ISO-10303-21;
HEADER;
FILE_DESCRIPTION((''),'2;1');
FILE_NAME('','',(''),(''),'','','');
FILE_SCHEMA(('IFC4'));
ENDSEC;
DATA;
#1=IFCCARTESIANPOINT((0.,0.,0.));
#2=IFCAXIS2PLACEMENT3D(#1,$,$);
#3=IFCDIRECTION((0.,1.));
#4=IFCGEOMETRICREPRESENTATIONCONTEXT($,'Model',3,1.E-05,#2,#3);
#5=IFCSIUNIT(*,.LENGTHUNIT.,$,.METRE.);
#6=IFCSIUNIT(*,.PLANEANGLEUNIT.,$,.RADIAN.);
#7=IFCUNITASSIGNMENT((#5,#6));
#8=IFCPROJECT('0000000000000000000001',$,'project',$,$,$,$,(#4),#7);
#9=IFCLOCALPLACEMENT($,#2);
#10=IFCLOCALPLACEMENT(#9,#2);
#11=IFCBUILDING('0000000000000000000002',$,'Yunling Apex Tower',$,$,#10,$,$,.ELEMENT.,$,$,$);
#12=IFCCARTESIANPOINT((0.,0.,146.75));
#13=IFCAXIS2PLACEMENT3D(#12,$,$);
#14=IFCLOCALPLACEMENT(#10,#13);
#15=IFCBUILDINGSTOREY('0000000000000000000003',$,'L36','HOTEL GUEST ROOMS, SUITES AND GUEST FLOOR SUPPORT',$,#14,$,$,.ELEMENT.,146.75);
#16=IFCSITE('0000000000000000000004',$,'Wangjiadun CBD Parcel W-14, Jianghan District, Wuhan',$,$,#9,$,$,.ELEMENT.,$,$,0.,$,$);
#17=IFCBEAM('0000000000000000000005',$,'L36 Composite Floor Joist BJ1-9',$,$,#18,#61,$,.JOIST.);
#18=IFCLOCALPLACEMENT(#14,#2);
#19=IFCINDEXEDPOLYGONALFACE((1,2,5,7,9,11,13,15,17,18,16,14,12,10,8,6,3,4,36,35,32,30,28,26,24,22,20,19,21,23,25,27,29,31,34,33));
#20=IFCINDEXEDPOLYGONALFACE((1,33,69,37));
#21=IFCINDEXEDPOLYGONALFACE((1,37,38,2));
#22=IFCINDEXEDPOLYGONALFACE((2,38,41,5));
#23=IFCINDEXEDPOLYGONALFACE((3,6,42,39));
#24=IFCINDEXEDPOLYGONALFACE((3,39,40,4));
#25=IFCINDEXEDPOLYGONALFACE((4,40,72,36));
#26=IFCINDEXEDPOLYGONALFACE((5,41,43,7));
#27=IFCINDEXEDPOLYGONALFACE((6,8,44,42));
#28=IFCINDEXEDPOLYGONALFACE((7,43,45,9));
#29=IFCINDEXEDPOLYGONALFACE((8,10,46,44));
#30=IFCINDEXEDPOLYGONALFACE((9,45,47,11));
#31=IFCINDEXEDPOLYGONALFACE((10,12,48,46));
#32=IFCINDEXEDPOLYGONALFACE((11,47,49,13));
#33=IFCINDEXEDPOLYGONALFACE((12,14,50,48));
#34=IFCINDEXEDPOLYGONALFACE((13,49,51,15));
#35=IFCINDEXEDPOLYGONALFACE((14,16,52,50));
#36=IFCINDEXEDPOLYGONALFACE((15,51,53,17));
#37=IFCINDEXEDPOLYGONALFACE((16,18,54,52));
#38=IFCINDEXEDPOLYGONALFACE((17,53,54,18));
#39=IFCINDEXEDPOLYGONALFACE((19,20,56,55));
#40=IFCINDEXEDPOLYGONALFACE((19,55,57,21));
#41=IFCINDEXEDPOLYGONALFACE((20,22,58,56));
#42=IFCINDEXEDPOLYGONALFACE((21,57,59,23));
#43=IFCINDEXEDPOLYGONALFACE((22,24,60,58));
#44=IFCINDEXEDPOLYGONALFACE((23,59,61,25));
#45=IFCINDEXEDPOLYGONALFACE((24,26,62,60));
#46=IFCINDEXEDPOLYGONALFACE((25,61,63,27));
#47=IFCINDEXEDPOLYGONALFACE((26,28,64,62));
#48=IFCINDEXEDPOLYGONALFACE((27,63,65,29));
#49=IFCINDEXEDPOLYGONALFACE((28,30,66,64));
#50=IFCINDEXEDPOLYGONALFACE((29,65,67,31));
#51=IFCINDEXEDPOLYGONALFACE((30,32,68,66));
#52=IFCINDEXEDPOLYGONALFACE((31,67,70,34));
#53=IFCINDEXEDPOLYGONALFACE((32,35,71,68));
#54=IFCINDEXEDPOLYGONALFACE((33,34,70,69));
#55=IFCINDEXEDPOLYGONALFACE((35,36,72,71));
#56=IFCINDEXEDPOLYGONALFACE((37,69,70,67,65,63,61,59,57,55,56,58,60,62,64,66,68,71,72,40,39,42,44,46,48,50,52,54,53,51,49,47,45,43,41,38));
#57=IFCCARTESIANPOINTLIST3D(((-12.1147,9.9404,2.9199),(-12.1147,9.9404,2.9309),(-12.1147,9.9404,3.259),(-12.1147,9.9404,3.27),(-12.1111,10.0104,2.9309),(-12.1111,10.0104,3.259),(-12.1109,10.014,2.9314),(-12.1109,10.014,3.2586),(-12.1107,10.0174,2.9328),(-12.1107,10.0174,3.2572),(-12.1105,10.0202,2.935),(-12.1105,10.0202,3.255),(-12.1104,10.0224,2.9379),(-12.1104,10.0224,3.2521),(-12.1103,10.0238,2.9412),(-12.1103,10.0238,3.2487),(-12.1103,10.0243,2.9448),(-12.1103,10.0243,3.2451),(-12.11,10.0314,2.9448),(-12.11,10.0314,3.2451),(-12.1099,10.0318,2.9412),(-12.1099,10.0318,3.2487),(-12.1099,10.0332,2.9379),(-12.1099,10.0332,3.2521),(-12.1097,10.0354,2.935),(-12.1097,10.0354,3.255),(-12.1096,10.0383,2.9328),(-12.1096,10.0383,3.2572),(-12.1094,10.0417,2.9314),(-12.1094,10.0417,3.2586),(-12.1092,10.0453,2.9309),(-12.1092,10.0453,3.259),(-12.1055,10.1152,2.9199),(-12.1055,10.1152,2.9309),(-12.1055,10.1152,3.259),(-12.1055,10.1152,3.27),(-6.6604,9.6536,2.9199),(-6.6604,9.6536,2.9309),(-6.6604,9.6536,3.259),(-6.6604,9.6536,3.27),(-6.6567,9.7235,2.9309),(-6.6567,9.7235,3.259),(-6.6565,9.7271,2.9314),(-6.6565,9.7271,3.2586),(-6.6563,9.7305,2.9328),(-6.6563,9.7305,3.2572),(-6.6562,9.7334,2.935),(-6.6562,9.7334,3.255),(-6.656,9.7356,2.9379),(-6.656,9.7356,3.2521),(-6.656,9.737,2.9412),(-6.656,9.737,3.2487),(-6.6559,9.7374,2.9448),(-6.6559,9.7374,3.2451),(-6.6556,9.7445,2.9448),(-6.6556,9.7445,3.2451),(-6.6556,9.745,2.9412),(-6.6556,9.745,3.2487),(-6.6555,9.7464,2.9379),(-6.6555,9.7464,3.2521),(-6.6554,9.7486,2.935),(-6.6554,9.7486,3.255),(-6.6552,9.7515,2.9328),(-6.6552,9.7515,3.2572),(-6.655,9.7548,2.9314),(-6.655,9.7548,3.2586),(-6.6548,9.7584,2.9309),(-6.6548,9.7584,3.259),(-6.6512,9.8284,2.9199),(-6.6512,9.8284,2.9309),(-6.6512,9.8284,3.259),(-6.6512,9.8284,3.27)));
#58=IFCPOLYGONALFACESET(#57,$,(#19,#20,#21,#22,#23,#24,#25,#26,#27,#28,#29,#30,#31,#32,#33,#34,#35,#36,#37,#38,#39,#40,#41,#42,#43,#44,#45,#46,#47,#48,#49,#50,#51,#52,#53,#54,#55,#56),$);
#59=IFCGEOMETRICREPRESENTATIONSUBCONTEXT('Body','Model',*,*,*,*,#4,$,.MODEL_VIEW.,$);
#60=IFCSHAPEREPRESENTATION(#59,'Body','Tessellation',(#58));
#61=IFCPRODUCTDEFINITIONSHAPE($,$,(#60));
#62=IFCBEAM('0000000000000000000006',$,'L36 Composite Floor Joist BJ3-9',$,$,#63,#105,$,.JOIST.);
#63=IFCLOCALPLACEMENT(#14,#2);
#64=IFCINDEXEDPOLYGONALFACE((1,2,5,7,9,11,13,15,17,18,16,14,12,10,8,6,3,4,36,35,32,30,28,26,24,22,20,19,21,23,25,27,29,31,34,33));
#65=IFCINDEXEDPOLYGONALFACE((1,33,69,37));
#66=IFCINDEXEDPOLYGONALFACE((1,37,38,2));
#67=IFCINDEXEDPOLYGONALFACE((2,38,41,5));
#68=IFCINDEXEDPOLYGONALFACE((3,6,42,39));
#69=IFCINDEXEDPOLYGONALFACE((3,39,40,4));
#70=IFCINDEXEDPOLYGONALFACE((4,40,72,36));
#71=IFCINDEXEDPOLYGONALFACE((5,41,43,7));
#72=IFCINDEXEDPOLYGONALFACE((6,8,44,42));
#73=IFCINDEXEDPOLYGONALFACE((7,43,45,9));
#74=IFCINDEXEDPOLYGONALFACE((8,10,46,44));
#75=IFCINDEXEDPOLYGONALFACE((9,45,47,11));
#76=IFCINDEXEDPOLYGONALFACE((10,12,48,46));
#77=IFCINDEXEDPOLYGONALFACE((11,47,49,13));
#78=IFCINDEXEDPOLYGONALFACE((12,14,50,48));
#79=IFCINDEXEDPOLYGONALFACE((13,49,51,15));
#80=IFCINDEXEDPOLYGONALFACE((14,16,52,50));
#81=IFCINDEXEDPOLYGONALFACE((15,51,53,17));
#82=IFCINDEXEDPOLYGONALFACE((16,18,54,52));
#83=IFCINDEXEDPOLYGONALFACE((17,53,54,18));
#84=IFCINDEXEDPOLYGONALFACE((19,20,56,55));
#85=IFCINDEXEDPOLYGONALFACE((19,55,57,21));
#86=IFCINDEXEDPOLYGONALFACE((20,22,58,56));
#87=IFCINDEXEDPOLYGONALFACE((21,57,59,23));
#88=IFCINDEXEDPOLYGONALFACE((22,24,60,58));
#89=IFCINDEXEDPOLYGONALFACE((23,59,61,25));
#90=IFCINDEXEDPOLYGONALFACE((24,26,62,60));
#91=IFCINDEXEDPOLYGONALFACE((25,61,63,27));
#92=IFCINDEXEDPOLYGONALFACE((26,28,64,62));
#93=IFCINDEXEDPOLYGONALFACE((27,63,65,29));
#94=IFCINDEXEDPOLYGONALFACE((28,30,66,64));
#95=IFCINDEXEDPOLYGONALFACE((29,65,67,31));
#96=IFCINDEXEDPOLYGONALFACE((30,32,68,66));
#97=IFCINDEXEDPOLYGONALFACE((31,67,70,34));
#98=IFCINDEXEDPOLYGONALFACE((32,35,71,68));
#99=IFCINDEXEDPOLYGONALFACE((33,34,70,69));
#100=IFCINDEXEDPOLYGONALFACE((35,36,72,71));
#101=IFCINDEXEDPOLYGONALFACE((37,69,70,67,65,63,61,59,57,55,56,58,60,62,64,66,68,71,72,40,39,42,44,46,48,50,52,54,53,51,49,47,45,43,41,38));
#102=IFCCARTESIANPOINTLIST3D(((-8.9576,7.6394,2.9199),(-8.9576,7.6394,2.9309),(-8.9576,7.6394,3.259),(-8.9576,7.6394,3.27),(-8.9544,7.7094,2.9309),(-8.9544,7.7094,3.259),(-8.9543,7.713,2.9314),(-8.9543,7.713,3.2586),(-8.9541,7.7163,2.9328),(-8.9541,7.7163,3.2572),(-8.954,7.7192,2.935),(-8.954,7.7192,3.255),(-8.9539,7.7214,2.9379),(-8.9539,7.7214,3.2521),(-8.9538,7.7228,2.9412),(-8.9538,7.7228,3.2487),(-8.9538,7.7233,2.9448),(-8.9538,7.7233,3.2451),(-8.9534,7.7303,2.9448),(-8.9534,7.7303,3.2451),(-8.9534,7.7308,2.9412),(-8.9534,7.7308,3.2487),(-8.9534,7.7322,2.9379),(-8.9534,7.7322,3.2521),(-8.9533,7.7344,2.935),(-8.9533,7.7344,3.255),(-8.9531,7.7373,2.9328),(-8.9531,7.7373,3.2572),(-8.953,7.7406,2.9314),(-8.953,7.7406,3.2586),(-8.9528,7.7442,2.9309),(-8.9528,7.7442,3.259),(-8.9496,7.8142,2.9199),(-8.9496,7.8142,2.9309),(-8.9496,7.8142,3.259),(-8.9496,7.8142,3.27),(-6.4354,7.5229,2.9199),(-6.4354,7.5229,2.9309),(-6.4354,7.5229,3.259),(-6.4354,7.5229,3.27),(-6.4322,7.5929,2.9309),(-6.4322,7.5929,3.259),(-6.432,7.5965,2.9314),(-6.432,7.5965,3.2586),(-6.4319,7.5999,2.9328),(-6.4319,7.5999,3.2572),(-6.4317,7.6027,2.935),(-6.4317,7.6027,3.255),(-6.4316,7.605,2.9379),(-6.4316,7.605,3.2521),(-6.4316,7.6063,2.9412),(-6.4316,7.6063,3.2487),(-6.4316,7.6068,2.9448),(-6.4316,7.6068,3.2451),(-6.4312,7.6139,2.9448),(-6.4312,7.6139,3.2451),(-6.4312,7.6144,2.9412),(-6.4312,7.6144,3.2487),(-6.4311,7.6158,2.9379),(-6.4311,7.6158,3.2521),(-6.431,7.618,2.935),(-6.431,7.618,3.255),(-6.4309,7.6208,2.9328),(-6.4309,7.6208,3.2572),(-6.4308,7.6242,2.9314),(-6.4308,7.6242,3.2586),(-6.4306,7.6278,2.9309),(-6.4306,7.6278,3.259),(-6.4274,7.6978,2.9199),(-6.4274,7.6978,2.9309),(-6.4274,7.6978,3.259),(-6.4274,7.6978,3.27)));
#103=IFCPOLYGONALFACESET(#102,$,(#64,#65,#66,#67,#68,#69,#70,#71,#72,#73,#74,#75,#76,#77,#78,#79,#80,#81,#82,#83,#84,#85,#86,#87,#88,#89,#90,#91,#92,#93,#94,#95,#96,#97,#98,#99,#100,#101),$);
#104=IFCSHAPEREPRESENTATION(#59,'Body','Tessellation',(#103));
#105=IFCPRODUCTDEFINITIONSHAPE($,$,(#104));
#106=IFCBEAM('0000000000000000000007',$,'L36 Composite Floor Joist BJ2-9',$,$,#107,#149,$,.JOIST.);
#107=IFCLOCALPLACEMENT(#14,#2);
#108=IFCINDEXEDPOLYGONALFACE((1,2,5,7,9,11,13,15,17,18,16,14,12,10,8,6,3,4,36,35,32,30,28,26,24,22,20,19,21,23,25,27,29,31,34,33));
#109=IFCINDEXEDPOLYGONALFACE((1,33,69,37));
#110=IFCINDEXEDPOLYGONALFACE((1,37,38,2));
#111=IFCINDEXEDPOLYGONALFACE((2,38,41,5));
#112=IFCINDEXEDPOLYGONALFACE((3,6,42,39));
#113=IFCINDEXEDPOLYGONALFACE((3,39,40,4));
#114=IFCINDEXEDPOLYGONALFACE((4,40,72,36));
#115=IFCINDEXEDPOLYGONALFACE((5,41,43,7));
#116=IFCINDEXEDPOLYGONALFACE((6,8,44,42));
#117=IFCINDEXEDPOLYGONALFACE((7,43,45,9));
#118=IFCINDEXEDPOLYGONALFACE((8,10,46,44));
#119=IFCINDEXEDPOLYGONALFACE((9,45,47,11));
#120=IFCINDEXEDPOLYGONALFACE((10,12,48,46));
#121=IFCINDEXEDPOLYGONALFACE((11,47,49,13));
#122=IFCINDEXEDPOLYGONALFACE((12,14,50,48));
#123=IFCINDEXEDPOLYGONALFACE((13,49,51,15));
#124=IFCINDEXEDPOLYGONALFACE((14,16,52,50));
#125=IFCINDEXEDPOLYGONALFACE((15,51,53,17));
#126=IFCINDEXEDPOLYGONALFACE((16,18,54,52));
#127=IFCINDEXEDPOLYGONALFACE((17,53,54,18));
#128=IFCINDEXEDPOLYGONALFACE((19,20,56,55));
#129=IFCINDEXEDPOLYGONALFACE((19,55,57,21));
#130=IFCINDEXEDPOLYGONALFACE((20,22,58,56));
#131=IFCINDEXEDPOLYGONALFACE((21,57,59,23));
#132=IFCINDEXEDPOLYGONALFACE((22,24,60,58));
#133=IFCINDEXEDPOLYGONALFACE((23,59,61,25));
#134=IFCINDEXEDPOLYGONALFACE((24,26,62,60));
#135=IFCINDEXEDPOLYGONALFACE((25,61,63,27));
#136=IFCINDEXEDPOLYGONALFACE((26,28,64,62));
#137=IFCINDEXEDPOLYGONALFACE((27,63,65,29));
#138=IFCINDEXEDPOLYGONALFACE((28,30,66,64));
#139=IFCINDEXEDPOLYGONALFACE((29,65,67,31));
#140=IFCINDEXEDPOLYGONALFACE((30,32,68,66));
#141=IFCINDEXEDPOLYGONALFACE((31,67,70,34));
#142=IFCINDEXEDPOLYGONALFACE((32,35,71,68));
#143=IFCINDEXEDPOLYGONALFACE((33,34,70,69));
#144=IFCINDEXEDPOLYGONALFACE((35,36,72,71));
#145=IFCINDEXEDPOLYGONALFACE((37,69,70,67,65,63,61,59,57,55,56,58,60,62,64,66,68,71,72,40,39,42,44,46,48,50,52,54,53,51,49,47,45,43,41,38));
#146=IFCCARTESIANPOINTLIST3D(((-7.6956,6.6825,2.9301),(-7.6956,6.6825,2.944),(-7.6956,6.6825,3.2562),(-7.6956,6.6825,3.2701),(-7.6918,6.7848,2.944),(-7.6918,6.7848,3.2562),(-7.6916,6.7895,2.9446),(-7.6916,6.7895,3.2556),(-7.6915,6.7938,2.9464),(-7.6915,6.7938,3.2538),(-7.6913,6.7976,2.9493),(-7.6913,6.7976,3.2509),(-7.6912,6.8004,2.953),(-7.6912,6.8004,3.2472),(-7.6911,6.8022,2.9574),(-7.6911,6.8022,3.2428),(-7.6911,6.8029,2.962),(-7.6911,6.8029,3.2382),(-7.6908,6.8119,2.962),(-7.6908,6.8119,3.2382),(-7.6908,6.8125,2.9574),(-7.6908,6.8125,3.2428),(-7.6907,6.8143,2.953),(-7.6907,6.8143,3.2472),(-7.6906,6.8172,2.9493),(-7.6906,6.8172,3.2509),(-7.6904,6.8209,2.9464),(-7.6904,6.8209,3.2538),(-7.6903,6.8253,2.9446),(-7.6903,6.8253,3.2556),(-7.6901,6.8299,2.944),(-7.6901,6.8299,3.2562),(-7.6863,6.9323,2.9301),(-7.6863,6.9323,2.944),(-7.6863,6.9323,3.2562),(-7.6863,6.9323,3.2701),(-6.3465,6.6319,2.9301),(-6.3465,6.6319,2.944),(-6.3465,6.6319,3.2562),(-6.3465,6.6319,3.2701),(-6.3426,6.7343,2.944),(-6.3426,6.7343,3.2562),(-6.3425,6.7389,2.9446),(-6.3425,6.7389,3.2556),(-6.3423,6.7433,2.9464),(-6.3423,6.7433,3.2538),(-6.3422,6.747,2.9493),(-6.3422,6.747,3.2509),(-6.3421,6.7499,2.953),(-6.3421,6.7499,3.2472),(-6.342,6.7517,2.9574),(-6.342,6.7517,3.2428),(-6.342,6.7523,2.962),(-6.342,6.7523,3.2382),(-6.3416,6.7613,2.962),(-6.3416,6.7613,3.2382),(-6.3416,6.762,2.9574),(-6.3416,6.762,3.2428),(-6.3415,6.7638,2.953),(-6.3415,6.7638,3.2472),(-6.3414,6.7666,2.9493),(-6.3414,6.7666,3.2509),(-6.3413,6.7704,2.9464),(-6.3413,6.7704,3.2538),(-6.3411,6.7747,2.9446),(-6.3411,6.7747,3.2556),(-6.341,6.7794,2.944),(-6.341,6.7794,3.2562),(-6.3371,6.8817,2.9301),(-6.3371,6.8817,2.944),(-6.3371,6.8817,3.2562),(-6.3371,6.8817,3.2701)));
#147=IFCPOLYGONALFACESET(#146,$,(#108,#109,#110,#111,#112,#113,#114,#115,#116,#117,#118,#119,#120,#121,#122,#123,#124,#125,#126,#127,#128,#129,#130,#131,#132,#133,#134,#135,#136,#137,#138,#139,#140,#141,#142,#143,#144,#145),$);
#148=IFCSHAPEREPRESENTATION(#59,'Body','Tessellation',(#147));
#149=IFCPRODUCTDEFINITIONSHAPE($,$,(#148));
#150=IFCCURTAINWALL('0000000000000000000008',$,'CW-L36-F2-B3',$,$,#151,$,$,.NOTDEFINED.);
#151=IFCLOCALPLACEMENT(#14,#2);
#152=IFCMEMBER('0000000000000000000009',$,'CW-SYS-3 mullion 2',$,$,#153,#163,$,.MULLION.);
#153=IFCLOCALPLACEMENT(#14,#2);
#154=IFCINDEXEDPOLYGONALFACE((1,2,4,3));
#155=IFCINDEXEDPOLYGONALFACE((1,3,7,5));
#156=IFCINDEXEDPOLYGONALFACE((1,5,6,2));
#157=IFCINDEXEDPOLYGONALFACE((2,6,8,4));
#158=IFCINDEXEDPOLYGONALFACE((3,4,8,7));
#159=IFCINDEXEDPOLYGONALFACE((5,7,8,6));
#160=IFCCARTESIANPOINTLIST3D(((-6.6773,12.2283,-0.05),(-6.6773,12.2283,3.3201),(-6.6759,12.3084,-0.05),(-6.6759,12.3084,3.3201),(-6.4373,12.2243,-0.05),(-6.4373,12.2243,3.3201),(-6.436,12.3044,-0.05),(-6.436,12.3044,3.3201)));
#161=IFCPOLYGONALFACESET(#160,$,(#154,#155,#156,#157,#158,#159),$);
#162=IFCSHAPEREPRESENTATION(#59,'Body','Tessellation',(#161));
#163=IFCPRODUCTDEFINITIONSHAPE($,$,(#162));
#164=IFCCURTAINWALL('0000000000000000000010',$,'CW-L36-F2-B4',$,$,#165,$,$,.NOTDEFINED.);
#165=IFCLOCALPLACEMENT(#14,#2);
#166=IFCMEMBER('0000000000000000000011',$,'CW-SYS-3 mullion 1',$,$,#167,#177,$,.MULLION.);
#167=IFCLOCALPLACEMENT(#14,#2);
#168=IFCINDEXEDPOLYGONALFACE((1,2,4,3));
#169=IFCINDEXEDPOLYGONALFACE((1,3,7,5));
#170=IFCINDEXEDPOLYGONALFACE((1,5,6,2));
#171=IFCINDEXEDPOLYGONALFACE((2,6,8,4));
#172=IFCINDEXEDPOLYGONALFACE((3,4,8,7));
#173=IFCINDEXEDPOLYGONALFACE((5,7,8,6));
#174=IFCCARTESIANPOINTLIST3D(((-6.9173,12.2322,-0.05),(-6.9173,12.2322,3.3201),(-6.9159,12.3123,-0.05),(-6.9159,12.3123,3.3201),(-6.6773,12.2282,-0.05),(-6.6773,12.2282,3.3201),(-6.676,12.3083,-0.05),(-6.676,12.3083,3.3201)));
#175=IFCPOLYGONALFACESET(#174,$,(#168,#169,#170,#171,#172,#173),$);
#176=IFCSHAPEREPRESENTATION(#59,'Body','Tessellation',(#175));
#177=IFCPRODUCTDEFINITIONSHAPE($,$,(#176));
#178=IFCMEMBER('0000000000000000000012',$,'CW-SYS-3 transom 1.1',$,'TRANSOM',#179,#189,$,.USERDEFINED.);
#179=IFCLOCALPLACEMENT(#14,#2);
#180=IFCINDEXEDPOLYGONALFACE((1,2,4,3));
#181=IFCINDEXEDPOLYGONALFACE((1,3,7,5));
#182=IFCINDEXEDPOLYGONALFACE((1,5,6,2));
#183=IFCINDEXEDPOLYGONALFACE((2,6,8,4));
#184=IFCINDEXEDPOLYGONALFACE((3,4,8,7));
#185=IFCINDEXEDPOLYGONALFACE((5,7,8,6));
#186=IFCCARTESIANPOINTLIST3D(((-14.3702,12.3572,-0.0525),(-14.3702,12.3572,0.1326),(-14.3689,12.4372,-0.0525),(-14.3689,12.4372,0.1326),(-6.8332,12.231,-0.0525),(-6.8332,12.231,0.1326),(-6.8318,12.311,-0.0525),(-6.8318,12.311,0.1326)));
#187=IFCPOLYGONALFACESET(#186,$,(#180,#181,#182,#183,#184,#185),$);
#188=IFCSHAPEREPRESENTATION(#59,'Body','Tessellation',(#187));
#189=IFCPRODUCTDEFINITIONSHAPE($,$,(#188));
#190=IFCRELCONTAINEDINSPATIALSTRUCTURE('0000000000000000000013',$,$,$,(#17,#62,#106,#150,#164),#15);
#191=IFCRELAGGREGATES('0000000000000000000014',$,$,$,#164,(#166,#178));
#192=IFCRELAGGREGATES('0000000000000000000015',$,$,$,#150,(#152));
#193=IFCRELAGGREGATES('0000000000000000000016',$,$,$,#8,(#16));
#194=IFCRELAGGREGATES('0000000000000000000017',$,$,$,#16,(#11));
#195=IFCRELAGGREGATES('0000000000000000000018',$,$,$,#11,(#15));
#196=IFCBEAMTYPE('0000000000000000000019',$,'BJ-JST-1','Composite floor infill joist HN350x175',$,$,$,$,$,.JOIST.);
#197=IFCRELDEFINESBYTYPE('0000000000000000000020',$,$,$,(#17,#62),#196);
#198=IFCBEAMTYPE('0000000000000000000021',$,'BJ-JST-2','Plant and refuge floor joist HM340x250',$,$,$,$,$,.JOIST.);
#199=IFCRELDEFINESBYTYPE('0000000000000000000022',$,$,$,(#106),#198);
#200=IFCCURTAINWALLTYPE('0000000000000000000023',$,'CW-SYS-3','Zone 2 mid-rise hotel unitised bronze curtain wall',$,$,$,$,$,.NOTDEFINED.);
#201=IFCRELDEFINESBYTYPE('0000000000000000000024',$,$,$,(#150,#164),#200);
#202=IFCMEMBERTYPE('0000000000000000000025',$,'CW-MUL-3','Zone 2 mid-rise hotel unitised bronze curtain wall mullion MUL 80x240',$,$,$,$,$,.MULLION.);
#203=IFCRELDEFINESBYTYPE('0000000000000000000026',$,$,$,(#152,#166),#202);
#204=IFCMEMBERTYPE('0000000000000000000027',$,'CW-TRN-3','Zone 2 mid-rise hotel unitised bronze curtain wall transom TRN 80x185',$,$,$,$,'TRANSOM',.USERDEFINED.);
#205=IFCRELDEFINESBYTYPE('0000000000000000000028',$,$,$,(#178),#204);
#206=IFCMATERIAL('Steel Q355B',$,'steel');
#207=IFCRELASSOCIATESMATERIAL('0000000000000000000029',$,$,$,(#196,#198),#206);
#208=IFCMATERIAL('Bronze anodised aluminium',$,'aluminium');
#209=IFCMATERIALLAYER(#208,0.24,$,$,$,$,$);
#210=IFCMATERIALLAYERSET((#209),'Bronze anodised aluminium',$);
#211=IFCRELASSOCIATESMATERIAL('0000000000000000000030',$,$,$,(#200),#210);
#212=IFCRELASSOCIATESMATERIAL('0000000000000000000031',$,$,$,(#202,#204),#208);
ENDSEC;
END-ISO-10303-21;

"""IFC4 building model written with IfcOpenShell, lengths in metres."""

from ifc_helpers import new_model, si_unit, direction, frame, origin, origin_2d, place, context, subcontext, project, spatial, rectangle, i_section, extrude, source, transform, mapped, material, layer, layer_set, material_profile, profile_set, type_object, element, aggregate, save


model = new_model("IFC4")

# Units and contexts
model_context = context("Model", 3, precision=1e-05, world=origin(), true_north=direction((0.0, 1.0)))
body_context = subcontext(model_context, "Body", "Model", "MODEL_VIEW")
ifc_project = project(units=[si_unit("LENGTHUNIT", "METRE"), si_unit("PLANEANGLEUNIT", "RADIAN")], contexts=[model_context])

# Site, building, storey
site_placement = place(None, origin())
site = spatial("IfcSite", under=ifc_project, at=site_placement, Name="Wangjiadun CBD Parcel W-14, Jianghan District, Wuhan", CompositionType="ELEMENT", RefElevation=0.0)
building_placement = place(site_placement, origin())
building = spatial("IfcBuilding", under=site, at=building_placement, Name="Yunling Apex Tower", CompositionType="ELEMENT")
storey_placement = place(building_placement, frame((0.0, 0.0, 146.75)))
storey = spatial("IfcBuildingStorey", under=building, at=storey_placement, Name="L36", Description="HOTEL GUEST ROOMS, SUITES AND GUEST FLOOR SUPPORT", CompositionType="ELEMENT", Elevation=146.75)

# Beams
ifc_material_1 = material(Name="Steel Q355B", Category="steel")
ifc_material_profile_1 = material_profile(ifc_material_1, i_section(OverallWidth=0.175, OverallDepth=0.3501, WebThickness=0.0071, FlangeThickness=0.011, FilletRadius=0.0139, at=origin_2d()))
ifc_profile_set_1 = profile_set([ifc_material_profile_1], Name="Steel Q355B")
beam_type_1 = type_object("IfcBeamType", Name="BJ-JST-1", Description="Composite floor infill joist HN350x175", PredefinedType="JOIST", material=ifc_profile_set_1)
shared_shape_1 = source(origin(), body_context, "Body", "SweptSolid", [
    extrude(i_section(OverallWidth=0.175, OverallDepth=0.3501, WebThickness=0.0071, FlangeThickness=0.011, FilletRadius=0.0139, at=origin_2d()), origin(), (0.0, 0.0, 1.0), 5.4619),
])
beam_1_placement = place(storey_placement, frame((-6.6558, 9.741, 3.095), z_axis=(-0.99862, 0.052521, 0.0), x_axis=(-0.052521, -0.99862, 0.0)))
element("IfcBeam", 1, at=beam_1_placement, inside=storey, type_object=beam_type_1, Name="L36 Composite Floor Joist BJ1-9", PredefinedType="JOIST", context=body_context, shape_type="MappedRepresentation", body=[
    mapped(shared_shape_1, transform((0.0, 0.0, 0.0), scale=1.0)),
])
shared_shape_2 = source(origin(), body_context, "Body", "SweptSolid", [
    extrude(i_section(OverallWidth=0.175, OverallDepth=0.3501, WebThickness=0.0071, FlangeThickness=0.011, FilletRadius=0.0139, at=origin_2d()), origin(), (0.0, 0.0, 1.0), 2.5249),
])
beam_2_placement = place(storey_placement, frame((-6.4314, 7.6104, 3.095), z_axis=(-0.998936, 0.046123, 0.0), x_axis=(-0.046123, -0.998936, 0.0)))
element("IfcBeam", 2, at=beam_2_placement, inside=storey, type_object=beam_type_1, Name="L36 Composite Floor Joist BJ3-9", PredefinedType="JOIST", context=body_context, shape_type="MappedRepresentation", body=[
    mapped(shared_shape_2, transform((0.0, 0.0, 0.0), scale=1.0)),
])
ifc_material_profile_2 = material_profile(ifc_material_1, i_section(OverallWidth=0.25, OverallDepth=0.3401, WebThickness=0.009, FlangeThickness=0.0139, FilletRadius=0.0181, at=origin_2d()))
ifc_profile_set_2 = profile_set([ifc_material_profile_2], Name="Steel Q355B")
beam_type_2 = type_object("IfcBeamType", Name="BJ-JST-2", Description="Plant and refuge floor joist HM340x250", PredefinedType="JOIST", material=ifc_profile_set_2)
shared_shape_3 = source(origin(), body_context, "Body", "SweptSolid", [
    extrude(i_section(OverallWidth=0.25, OverallDepth=0.3401, WebThickness=0.009, FlangeThickness=0.0139, FilletRadius=0.0181, at=origin_2d()), origin(), (0.0, 0.0, 1.0), 1.3501),
])
beam_3_placement = place(storey_placement, frame((-6.3418, 6.7568, 3.1001), z_axis=(-0.999299, 0.037433, 0.0), x_axis=(-0.037433, -0.999299, 0.0)))
element("IfcBeam", 3, at=beam_3_placement, inside=storey, type_object=beam_type_2, Name="L36 Composite Floor Joist BJ2-9", PredefinedType="JOIST", context=body_context, shape_type="MappedRepresentation", body=[
    mapped(shared_shape_3, transform((0.0, 0.0, 0.0), scale=1.0)),
])

# Curtain wall, member
ifc_material_2 = material(Name="Bronze anodised aluminium", Category="aluminium")
ifc_layer_1 = layer(ifc_material_2, 0.24)
ifc_layer_set_1 = layer_set([ifc_layer_1], Name="Bronze anodised aluminium")
curtain_wall_type = type_object("IfcCurtainWallType", Name="CW-SYS-3", Description="Zone 2 mid-rise hotel unitised bronze curtain wall", PredefinedType="NOTDEFINED", material=ifc_layer_set_1)
curtain_wall_1_placement = place(storey_placement, origin())
curtain_wall_1 = element("IfcCurtainWall", 4, at=curtain_wall_1_placement, inside=storey, type_object=curtain_wall_type, Name="CW-L36-F2-B3", PredefinedType="NOTDEFINED")
ifc_material_profile_3 = material_profile(ifc_material_2, rectangle(XDim=0.0801, YDim=0.24, at=origin_2d()))
ifc_profile_set_3 = profile_set([ifc_material_profile_3], Name="Bronze anodised aluminium")
member_type_1 = type_object("IfcMemberType", Name="CW-MUL-3", Description="Zone 2 mid-rise hotel unitised bronze curtain wall mullion MUL 80x240", PredefinedType="MULLION", material=ifc_profile_set_3)
shared_shape_4 = source(origin(), body_context, "Body", "SweptSolid", [
    extrude(rectangle(XDim=0.0801, YDim=0.24, at=origin_2d()), origin(), (0.0, 0.0, 1.0), 3.3701),
])
member_1_placement = place(storey_placement, frame((-6.5566, 12.2664, -0.05), z_axis=(0.0, 0.0, 1.0), x_axis=(-0.016762, -0.99986, 0.0)))
member_1 = element("IfcMember", 5, at=member_1_placement, type_object=member_type_1, Name="CW-SYS-3 mullion 2", PredefinedType="MULLION", context=body_context, shape_type="MappedRepresentation", body=[
    mapped(shared_shape_4, transform((0.0, 0.0, 0.0), scale=1.0)),
])

# Curtain wall, members
curtain_wall_2_placement = place(storey_placement, origin())
curtain_wall_2 = element("IfcCurtainWall", 6, at=curtain_wall_2_placement, inside=storey, type_object=curtain_wall_type, Name="CW-L36-F2-B4", PredefinedType="NOTDEFINED")
member_2_placement = place(storey_placement, frame((-6.7966, 12.2703, -0.05), z_axis=(0.0, 0.0, 1.0), x_axis=(-0.016762, -0.99986, 0.0)))
member_2 = element("IfcMember", 7, at=member_2_placement, type_object=member_type_1, Name="CW-SYS-3 mullion 1", PredefinedType="MULLION", context=body_context, shape_type="MappedRepresentation", body=[
    mapped(shared_shape_4, transform((0.0, 0.0, 0.0), scale=1.0)),
])
ifc_material_profile_4 = material_profile(ifc_material_2, rectangle(XDim=0.0801, YDim=0.1851, at=origin_2d()))
ifc_profile_set_4 = profile_set([ifc_material_profile_4], Name="Bronze anodised aluminium")
member_type_2 = type_object("IfcMemberType", Name="CW-TRN-3", Description="Zone 2 mid-rise hotel unitised bronze curtain wall transom TRN 80x185", ElementType="TRANSOM", PredefinedType="USERDEFINED", material=ifc_profile_set_4)
shared_shape_5 = source(origin(), body_context, "Body", "SweptSolid", [
    extrude(rectangle(XDim=0.0801, YDim=0.1851, at=origin_2d()), origin(), (0.0, 0.0, 1.0), 7.5381),
])
member_3_placement = place(storey_placement, frame((-6.8325, 12.271, 0.04), z_axis=(-0.99986, 0.016744, 0.0), x_axis=(-0.016744, -0.99986, 0.0)))
member_3 = element("IfcMember", 8, at=member_3_placement, type_object=member_type_2, Name="CW-SYS-3 transom 1.1", ObjectType="TRANSOM", PredefinedType="USERDEFINED", context=body_context, shape_type="MappedRepresentation", body=[
    mapped(shared_shape_5, transform((0.0, 0.0, 0.0), scale=1.0)),
])
aggregate(curtain_wall_2, [member_2, member_3])

aggregate(curtain_wall_1, [member_1])

save(model, "model.ifc")
